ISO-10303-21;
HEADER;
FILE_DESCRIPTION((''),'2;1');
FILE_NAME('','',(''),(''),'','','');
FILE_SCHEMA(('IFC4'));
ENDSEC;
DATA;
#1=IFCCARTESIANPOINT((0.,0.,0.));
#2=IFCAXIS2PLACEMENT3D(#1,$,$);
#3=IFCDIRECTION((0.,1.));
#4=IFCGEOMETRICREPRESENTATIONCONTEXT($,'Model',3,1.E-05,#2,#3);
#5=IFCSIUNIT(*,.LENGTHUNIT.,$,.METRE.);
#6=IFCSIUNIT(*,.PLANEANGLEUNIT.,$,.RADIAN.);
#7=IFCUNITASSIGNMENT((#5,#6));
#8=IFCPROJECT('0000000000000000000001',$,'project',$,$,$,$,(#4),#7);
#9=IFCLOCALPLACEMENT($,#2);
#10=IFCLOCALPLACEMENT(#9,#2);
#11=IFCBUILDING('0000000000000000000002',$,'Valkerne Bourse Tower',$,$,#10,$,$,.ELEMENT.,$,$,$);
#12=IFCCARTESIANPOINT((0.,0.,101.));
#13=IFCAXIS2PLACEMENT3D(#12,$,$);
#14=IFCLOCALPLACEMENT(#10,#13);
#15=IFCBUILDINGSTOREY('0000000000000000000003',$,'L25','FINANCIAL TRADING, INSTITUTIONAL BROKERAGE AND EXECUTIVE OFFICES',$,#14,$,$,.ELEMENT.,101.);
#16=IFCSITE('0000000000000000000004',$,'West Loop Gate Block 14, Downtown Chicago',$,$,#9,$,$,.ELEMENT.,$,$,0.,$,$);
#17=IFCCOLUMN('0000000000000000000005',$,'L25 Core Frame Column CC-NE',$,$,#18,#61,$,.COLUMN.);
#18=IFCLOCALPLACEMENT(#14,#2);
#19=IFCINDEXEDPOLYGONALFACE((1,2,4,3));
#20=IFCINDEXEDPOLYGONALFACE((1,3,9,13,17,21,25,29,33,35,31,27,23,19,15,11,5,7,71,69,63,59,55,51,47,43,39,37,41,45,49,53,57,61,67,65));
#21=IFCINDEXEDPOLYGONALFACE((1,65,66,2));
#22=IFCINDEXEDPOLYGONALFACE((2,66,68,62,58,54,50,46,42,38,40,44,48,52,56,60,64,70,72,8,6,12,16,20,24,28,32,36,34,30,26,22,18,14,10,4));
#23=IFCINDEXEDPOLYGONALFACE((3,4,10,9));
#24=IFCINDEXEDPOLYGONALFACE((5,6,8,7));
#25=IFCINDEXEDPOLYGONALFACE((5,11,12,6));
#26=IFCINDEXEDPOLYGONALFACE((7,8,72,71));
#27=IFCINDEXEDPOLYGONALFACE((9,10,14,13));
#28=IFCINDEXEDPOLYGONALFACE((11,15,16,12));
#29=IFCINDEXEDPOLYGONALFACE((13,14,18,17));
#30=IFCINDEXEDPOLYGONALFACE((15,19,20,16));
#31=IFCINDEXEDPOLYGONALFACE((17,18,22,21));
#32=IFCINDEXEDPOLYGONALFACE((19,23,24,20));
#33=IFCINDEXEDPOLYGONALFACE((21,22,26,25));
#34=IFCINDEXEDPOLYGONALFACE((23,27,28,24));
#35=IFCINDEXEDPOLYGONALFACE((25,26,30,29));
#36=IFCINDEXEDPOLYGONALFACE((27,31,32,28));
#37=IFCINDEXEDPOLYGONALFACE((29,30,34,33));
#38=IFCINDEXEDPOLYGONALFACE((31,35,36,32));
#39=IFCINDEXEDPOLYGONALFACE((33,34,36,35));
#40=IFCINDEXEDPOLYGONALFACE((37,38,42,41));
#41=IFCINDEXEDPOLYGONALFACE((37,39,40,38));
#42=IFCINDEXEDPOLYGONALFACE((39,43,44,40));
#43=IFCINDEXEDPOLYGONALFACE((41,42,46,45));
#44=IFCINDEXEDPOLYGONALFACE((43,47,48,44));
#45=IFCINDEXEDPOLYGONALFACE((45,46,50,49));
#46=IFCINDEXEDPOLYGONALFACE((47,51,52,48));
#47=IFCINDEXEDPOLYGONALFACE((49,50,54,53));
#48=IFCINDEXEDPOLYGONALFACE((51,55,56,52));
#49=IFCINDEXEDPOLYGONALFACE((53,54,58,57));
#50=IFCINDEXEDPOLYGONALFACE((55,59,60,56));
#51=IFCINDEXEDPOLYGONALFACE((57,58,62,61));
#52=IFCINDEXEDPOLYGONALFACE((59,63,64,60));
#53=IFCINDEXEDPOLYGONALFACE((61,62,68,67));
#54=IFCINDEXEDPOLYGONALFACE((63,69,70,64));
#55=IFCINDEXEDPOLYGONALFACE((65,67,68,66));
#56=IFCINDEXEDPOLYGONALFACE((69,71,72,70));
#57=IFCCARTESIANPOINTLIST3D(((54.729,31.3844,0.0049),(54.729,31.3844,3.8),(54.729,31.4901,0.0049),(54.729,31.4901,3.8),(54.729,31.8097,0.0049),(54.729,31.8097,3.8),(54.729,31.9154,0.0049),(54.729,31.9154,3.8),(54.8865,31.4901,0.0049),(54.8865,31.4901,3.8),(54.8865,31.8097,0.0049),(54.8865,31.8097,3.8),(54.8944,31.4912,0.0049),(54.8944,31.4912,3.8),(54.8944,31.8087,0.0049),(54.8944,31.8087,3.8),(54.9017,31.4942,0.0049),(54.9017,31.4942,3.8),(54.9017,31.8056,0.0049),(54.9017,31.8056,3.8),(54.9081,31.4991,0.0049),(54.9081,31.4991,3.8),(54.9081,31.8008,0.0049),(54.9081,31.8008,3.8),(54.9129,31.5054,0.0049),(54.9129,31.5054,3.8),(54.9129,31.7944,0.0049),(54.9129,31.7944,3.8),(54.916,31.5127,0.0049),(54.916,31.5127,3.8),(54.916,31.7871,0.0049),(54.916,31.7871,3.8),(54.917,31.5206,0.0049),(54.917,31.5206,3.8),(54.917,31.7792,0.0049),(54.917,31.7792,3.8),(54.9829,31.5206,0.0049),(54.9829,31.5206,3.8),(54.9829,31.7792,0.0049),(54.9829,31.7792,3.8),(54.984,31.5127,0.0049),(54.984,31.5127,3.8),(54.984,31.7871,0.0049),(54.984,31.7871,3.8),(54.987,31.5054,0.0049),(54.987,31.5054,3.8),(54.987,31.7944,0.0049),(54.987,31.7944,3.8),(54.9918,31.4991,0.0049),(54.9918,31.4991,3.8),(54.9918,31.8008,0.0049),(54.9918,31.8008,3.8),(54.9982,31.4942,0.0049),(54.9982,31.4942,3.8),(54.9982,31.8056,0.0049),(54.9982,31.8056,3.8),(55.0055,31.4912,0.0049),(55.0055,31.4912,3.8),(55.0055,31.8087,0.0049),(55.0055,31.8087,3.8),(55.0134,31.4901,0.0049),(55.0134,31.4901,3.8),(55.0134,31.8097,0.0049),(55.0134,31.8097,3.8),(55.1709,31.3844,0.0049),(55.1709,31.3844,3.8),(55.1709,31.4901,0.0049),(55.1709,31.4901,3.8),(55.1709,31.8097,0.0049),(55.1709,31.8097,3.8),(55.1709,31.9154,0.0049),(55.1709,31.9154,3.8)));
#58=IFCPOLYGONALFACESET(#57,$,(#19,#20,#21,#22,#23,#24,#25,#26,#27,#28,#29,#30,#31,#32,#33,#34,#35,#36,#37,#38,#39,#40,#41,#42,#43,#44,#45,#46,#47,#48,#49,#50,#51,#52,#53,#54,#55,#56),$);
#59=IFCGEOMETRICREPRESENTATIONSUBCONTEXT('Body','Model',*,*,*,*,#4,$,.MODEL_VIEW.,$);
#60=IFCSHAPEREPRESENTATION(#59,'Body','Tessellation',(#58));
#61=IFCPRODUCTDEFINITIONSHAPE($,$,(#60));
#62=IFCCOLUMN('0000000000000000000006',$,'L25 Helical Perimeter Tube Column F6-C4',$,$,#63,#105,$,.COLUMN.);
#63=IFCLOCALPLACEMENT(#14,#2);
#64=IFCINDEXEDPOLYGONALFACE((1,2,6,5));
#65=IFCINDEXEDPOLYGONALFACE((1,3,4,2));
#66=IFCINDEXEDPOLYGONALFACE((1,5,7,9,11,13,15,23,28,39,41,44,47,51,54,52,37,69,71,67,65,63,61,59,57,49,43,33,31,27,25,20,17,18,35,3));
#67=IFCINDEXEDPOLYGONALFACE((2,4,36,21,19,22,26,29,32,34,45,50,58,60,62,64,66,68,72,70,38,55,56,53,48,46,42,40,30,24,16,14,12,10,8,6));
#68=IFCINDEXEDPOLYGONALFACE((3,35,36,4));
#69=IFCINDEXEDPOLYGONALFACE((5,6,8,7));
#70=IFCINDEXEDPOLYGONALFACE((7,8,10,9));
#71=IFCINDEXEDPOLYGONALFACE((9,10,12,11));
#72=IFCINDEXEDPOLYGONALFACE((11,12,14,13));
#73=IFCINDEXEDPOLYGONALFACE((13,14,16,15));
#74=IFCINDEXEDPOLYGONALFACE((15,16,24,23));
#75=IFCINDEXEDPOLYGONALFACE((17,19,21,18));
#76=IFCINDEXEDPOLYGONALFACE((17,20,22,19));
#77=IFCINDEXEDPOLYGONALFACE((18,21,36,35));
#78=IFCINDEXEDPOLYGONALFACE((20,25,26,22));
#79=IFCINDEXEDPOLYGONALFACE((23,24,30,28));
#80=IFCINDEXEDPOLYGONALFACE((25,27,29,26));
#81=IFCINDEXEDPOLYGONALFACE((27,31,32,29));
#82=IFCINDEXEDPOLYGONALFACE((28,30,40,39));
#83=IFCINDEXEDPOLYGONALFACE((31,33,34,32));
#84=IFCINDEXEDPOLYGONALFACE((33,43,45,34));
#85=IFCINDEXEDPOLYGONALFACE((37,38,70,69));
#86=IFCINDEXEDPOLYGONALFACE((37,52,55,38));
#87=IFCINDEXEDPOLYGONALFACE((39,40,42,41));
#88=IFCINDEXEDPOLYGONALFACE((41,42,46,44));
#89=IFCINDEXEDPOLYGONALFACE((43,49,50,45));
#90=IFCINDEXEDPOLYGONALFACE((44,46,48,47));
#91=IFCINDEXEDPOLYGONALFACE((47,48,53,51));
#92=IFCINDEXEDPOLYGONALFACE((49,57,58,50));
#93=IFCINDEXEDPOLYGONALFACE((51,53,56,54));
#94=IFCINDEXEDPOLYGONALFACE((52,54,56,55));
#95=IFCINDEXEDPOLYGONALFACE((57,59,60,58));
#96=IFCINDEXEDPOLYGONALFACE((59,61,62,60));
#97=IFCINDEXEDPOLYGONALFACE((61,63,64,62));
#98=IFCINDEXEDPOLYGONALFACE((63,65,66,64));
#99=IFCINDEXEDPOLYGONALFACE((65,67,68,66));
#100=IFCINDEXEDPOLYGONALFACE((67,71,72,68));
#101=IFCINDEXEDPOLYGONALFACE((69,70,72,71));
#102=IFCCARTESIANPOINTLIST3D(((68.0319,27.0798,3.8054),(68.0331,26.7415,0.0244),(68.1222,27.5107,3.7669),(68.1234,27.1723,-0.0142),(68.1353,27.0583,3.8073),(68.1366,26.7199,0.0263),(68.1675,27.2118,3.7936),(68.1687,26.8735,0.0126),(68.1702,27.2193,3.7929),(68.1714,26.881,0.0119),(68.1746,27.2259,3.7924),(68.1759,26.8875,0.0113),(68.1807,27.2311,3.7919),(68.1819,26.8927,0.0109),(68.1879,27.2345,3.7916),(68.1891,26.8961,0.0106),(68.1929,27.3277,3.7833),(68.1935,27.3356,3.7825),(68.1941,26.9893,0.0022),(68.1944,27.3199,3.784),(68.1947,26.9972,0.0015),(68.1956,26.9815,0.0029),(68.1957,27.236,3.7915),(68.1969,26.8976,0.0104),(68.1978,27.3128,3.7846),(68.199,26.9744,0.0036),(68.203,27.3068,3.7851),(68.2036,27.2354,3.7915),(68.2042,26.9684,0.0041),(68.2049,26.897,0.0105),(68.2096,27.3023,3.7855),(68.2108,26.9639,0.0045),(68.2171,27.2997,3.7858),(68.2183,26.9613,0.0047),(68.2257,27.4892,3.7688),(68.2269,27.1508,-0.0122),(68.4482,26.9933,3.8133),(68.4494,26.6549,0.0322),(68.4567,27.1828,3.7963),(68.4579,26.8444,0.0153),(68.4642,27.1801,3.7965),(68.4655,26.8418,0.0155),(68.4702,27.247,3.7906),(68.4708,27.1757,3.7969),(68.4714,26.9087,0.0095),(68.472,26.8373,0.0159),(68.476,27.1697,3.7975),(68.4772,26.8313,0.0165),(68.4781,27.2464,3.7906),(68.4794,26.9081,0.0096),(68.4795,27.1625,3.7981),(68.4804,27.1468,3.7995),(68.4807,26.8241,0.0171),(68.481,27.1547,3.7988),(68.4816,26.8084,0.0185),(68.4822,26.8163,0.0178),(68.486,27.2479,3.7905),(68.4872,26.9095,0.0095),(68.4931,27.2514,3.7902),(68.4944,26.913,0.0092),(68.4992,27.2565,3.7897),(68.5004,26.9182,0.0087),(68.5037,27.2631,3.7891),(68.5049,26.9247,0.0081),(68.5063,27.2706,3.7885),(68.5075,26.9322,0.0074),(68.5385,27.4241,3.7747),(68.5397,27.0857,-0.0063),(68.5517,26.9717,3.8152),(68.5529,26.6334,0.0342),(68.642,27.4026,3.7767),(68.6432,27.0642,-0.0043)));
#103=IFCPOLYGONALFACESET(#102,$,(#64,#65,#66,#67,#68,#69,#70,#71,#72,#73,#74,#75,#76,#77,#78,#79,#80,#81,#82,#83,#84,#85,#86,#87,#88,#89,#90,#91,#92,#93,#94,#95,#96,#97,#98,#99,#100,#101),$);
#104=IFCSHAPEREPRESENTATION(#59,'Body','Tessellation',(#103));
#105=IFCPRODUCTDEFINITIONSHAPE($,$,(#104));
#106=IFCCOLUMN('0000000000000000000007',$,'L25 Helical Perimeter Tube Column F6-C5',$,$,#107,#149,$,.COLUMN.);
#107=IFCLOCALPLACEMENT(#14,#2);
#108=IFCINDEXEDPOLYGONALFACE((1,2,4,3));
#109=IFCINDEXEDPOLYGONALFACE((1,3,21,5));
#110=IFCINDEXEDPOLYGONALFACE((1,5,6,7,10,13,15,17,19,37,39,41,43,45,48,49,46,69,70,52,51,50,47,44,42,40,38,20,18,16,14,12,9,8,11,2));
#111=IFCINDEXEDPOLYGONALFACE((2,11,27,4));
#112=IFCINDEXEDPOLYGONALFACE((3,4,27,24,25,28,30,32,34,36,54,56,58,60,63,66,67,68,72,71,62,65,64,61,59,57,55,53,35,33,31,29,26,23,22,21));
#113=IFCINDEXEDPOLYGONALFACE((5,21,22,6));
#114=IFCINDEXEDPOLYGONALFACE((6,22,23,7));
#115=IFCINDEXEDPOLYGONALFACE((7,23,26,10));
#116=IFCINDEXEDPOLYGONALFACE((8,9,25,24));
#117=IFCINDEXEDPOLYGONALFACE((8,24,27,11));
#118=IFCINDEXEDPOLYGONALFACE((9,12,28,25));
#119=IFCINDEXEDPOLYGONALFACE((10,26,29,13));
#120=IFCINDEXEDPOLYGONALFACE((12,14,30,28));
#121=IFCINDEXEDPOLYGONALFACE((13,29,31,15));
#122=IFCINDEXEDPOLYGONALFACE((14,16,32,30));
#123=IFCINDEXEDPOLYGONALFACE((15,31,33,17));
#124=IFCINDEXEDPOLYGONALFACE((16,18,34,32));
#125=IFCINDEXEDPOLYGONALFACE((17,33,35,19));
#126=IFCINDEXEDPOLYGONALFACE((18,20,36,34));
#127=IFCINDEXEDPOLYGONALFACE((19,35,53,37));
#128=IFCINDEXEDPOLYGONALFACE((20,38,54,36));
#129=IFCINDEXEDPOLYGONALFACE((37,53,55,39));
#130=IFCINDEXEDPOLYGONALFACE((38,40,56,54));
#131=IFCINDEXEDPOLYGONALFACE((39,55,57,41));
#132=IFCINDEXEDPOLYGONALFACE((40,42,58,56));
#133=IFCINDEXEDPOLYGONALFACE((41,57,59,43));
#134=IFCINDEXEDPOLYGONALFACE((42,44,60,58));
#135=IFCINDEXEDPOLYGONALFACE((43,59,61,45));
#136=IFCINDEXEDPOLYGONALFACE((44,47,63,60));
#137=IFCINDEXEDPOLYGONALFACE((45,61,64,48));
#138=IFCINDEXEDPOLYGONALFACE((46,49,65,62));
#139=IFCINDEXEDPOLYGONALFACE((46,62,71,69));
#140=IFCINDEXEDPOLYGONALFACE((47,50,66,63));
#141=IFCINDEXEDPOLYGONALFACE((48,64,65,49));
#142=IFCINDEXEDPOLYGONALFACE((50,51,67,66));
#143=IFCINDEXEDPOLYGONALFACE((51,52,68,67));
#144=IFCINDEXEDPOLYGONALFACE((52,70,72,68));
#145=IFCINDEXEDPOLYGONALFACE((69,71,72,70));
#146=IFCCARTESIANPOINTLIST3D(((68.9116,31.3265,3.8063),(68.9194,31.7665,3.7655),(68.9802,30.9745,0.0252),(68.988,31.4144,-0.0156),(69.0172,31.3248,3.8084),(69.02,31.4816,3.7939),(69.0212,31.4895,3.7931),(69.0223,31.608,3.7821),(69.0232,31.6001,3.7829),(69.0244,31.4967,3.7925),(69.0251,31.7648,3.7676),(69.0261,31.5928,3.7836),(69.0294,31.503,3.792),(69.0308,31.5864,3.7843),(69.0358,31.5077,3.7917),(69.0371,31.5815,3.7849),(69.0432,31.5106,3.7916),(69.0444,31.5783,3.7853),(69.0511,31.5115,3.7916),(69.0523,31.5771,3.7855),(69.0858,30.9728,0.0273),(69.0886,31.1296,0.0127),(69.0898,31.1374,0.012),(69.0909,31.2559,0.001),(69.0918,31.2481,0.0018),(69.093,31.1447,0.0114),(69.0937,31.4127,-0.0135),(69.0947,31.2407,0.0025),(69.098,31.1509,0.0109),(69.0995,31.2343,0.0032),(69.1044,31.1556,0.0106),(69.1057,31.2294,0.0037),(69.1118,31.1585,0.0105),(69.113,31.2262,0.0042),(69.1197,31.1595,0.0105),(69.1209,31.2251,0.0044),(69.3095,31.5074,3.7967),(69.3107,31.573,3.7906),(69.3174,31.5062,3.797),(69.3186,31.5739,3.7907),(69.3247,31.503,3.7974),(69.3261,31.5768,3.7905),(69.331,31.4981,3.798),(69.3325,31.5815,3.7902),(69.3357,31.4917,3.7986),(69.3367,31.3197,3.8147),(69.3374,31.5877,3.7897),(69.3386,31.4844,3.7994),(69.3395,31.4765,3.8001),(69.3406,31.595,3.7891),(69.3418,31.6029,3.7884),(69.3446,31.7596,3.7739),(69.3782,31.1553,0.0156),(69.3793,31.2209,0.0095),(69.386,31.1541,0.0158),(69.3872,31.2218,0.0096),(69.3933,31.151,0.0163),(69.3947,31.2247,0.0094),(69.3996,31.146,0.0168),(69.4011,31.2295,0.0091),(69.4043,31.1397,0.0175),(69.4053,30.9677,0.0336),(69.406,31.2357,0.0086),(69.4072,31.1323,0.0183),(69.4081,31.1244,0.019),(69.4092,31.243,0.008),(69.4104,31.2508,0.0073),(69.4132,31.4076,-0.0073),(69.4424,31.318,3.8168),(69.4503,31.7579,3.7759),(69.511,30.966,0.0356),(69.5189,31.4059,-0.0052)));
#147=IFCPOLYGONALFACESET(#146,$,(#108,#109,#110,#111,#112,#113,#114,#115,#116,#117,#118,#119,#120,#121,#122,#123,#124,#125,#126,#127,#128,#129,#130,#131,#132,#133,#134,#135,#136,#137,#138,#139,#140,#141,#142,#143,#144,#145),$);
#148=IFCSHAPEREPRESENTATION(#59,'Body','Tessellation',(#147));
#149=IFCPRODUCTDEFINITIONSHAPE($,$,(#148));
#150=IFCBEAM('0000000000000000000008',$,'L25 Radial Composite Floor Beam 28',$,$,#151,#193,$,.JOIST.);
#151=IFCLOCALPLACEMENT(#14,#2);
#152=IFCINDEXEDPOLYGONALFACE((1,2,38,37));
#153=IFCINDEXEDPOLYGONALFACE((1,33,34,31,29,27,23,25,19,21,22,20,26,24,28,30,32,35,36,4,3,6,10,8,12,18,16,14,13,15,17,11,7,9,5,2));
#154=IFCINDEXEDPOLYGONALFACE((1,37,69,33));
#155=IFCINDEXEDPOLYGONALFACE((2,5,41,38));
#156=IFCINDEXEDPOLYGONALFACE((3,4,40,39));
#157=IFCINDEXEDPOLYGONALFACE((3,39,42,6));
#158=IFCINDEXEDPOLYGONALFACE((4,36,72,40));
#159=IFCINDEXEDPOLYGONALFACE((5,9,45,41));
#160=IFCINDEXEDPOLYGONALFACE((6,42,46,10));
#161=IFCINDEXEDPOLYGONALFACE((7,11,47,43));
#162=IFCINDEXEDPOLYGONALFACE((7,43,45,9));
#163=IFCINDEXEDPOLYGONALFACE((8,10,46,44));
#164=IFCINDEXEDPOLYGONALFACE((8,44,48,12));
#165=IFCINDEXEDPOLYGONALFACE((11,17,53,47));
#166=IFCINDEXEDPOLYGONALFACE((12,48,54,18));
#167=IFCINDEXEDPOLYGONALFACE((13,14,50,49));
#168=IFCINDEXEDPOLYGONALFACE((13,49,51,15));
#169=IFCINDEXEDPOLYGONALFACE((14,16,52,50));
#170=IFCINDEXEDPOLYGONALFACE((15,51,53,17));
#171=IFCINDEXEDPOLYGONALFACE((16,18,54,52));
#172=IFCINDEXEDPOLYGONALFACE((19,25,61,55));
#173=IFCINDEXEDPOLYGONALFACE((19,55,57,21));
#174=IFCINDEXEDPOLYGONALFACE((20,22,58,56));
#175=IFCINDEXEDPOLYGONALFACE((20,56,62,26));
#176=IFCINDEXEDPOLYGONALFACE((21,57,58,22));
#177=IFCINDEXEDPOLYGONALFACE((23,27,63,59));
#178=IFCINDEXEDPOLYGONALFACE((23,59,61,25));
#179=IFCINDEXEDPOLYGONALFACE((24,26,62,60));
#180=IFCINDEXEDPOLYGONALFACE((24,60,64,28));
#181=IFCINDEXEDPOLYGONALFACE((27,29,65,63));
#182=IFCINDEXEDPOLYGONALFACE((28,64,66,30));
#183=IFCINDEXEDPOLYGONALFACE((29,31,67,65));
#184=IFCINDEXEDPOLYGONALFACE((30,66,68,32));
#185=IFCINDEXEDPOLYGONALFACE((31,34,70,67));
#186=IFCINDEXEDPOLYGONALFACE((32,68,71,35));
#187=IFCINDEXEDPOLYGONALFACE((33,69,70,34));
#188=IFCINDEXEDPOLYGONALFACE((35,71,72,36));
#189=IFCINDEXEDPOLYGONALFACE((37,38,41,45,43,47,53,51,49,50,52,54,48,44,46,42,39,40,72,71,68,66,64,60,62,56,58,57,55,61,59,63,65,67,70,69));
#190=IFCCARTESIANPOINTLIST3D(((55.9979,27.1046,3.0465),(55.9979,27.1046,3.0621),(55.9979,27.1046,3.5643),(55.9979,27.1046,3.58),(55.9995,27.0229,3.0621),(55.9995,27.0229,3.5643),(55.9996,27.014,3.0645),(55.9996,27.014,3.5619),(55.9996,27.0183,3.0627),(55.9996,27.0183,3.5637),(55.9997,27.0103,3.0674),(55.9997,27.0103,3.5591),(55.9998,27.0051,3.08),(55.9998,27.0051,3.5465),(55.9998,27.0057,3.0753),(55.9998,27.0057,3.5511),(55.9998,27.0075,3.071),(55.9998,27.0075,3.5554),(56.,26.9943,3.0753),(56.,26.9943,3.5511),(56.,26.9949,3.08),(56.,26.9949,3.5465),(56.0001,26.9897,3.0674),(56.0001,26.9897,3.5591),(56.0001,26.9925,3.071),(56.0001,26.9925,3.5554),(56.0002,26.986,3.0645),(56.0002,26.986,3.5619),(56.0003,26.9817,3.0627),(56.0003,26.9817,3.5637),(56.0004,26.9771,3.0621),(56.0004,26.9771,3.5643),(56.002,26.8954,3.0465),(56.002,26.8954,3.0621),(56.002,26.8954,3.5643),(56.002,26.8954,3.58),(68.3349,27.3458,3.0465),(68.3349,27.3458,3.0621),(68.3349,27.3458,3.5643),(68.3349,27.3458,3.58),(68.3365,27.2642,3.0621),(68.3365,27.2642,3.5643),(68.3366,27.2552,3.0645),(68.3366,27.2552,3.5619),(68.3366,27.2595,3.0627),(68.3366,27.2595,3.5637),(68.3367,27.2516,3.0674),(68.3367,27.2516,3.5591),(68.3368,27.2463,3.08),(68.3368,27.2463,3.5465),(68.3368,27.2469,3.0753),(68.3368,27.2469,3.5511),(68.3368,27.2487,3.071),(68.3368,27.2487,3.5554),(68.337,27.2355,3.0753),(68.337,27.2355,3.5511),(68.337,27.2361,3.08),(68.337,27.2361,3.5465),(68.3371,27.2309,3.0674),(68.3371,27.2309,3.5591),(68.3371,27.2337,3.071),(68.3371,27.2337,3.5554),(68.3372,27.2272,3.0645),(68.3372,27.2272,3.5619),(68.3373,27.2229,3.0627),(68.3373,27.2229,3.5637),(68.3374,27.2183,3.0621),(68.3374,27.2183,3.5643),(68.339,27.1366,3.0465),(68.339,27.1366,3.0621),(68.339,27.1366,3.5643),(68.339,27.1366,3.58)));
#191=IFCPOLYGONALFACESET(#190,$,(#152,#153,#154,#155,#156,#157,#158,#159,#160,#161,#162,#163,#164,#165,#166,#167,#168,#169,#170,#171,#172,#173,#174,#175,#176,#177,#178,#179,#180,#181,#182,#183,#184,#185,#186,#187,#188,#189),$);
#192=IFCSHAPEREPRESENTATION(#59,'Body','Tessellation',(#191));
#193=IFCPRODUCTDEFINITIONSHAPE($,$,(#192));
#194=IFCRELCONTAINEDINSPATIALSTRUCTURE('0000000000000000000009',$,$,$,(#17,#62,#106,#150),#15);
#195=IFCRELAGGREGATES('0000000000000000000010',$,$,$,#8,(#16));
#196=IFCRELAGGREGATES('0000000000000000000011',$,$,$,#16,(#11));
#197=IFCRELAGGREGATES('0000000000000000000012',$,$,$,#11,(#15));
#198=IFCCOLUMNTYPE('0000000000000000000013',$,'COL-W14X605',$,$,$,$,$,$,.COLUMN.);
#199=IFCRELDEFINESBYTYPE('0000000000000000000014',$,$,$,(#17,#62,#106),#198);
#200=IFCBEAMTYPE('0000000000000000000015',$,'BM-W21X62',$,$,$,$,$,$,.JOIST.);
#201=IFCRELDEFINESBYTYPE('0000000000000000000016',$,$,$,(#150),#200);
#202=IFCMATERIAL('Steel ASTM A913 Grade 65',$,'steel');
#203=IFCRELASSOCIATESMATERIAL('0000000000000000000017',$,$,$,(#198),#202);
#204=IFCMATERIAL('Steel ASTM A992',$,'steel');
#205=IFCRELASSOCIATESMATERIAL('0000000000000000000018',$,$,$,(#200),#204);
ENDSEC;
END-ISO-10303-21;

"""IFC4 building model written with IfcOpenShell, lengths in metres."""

from ifc_helpers import new_model, si_unit, direction, frame, origin, origin_2d, place, context, subcontext, project, spatial, i_section, extrude, material, material_profile, profile_set, type_object, element, save


model = new_model("IFC4")

# Units and contexts
model_context = context("Model", 3, precision=1e-05, world=origin(), true_north=direction((0.0, 1.0)))
body_context = subcontext(model_context, "Body", "Model", "MODEL_VIEW")
ifc_project = project(units=[si_unit("LENGTHUNIT", "METRE"), si_unit("PLANEANGLEUNIT", "RADIAN")], contexts=[model_context])

# Site, building, storey
site_placement = place(None, origin())
site = spatial("IfcSite", under=ifc_project, at=site_placement, Name="West Loop Gate Block 14, Downtown Chicago", CompositionType="ELEMENT", RefElevation=0.0)
building_placement = place(site_placement, origin())
building = spatial("IfcBuilding", under=site, at=building_placement, Name="Valkerne Bourse Tower", CompositionType="ELEMENT")
storey_placement = place(building_placement, frame((0.0, 0.0, 101.0)))
storey = spatial("IfcBuildingStorey", under=building, at=storey_placement, Name="L25", Description="FINANCIAL TRADING, INSTITUTIONAL BROKERAGE AND EXECUTIVE OFFICES", CompositionType="ELEMENT", Elevation=101.0)

# Columns
ifc_material_1 = material(Name="Steel ASTM A913 Grade 65", Category="steel")
ifc_material_profile_1 = material_profile(ifc_material_1, i_section(OverallWidth=0.4419, OverallDepth=0.531, WebThickness=0.0659, FlangeThickness=0.1057, FilletRadius=0.0305, at=origin_2d()), Name="W14X605")
ifc_profile_set_1 = profile_set([ifc_material_profile_1], Name="Steel ASTM A913 Grade 65")
column_type = type_object("IfcColumnType", Name="COL-W14X605", PredefinedType="COLUMN", material=ifc_profile_set_1)
column_1_placement = place(storey_placement, frame((54.95, 31.6499, 0.0049), z_axis=(0.0, 0.0, 1.0), x_axis=(1.0, 0.0, 0.0)))
element("IfcColumn", 1, at=column_1_placement, inside=storey, type_object=column_type, Name="L25 Core Frame Column CC-NE", PredefinedType="COLUMN", context=body_context, shape_type="SweptSolid", body=[
    extrude(i_section(OverallWidth=0.4419, OverallDepth=0.531, WebThickness=0.0659, FlangeThickness=0.1057, FilletRadius=0.0305, at=origin_2d()), origin(), (0.0, 0.0, 1.0), 3.7952),
])
column_2_placement = place(storey_placement, frame((68.3381, 26.9028, 0.01), z_axis=(-0.000322, 0.089138, 0.996019), x_axis=(-0.204396, -0.974998, 0.087191)))
element("IfcColumn", 2, at=column_2_placement, inside=storey, type_object=column_type, Name="L25 Helical Perimeter Tube Column F6-C4", PredefinedType="COLUMN", context=body_context, shape_type="SweptSolid", body=[
    extrude(i_section(OverallWidth=0.4419, OverallDepth=0.531, WebThickness=0.0659, FlangeThickness=0.1057, FilletRadius=0.0305, at=origin_2d()), origin(), (0.0, 0.0, 1.0), 3.7961),
])
column_3_placement = place(storey_placement, frame((69.2495, 31.1902, 0.01), z_axis=(-0.018063, 0.092694, 0.995531), x_axis=(-0.017819, -0.995565, 0.092374)))
element("IfcColumn", 3, at=column_3_placement, inside=storey, type_object=column_type, Name="L25 Helical Perimeter Tube Column F6-C5", PredefinedType="COLUMN", context=body_context, shape_type="SweptSolid", body=[
    extrude(i_section(OverallWidth=0.4419, OverallDepth=0.531, WebThickness=0.0659, FlangeThickness=0.1057, FilletRadius=0.0305, at=origin_2d()), origin(), (0.0, 0.0, 1.0), 3.7981),
])

# Beam
ifc_material_2 = material(Name="Steel ASTM A992", Category="steel")
ifc_material_profile_2 = material_profile(ifc_material_2, i_section(OverallWidth=0.2092, OverallDepth=0.5334, WebThickness=0.0103, FlangeThickness=0.0156, FilletRadius=0.0178, at=origin_2d()), Name="W21X62")
ifc_profile_set_2 = profile_set([ifc_material_profile_2], Name="Steel ASTM A992")
beam_type_1 = type_object("IfcBeamType", Name="BM-W21X62", PredefinedType="JOIST", material=ifc_profile_set_2)
beam_1_placement = place(storey_placement, frame((68.3369, 27.2412, 3.3132), z_axis=(-0.999809, -0.019548, 0.0), x_axis=(0.019548, -0.999809, 0.0)))
element("IfcBeam", 4, at=beam_1_placement, inside=storey, type_object=beam_type_1, Name="L25 Radial Composite Floor Beam 28", PredefinedType="JOIST", context=body_context, shape_type="SweptSolid", body=[
    extrude(i_section(OverallWidth=0.2092, OverallDepth=0.5334, WebThickness=0.0103, FlangeThickness=0.0156, FilletRadius=0.0178, at=origin_2d()), origin(), (0.0, 0.0, 1.0), 12.3394),
])

save(model, "model.ifc")
